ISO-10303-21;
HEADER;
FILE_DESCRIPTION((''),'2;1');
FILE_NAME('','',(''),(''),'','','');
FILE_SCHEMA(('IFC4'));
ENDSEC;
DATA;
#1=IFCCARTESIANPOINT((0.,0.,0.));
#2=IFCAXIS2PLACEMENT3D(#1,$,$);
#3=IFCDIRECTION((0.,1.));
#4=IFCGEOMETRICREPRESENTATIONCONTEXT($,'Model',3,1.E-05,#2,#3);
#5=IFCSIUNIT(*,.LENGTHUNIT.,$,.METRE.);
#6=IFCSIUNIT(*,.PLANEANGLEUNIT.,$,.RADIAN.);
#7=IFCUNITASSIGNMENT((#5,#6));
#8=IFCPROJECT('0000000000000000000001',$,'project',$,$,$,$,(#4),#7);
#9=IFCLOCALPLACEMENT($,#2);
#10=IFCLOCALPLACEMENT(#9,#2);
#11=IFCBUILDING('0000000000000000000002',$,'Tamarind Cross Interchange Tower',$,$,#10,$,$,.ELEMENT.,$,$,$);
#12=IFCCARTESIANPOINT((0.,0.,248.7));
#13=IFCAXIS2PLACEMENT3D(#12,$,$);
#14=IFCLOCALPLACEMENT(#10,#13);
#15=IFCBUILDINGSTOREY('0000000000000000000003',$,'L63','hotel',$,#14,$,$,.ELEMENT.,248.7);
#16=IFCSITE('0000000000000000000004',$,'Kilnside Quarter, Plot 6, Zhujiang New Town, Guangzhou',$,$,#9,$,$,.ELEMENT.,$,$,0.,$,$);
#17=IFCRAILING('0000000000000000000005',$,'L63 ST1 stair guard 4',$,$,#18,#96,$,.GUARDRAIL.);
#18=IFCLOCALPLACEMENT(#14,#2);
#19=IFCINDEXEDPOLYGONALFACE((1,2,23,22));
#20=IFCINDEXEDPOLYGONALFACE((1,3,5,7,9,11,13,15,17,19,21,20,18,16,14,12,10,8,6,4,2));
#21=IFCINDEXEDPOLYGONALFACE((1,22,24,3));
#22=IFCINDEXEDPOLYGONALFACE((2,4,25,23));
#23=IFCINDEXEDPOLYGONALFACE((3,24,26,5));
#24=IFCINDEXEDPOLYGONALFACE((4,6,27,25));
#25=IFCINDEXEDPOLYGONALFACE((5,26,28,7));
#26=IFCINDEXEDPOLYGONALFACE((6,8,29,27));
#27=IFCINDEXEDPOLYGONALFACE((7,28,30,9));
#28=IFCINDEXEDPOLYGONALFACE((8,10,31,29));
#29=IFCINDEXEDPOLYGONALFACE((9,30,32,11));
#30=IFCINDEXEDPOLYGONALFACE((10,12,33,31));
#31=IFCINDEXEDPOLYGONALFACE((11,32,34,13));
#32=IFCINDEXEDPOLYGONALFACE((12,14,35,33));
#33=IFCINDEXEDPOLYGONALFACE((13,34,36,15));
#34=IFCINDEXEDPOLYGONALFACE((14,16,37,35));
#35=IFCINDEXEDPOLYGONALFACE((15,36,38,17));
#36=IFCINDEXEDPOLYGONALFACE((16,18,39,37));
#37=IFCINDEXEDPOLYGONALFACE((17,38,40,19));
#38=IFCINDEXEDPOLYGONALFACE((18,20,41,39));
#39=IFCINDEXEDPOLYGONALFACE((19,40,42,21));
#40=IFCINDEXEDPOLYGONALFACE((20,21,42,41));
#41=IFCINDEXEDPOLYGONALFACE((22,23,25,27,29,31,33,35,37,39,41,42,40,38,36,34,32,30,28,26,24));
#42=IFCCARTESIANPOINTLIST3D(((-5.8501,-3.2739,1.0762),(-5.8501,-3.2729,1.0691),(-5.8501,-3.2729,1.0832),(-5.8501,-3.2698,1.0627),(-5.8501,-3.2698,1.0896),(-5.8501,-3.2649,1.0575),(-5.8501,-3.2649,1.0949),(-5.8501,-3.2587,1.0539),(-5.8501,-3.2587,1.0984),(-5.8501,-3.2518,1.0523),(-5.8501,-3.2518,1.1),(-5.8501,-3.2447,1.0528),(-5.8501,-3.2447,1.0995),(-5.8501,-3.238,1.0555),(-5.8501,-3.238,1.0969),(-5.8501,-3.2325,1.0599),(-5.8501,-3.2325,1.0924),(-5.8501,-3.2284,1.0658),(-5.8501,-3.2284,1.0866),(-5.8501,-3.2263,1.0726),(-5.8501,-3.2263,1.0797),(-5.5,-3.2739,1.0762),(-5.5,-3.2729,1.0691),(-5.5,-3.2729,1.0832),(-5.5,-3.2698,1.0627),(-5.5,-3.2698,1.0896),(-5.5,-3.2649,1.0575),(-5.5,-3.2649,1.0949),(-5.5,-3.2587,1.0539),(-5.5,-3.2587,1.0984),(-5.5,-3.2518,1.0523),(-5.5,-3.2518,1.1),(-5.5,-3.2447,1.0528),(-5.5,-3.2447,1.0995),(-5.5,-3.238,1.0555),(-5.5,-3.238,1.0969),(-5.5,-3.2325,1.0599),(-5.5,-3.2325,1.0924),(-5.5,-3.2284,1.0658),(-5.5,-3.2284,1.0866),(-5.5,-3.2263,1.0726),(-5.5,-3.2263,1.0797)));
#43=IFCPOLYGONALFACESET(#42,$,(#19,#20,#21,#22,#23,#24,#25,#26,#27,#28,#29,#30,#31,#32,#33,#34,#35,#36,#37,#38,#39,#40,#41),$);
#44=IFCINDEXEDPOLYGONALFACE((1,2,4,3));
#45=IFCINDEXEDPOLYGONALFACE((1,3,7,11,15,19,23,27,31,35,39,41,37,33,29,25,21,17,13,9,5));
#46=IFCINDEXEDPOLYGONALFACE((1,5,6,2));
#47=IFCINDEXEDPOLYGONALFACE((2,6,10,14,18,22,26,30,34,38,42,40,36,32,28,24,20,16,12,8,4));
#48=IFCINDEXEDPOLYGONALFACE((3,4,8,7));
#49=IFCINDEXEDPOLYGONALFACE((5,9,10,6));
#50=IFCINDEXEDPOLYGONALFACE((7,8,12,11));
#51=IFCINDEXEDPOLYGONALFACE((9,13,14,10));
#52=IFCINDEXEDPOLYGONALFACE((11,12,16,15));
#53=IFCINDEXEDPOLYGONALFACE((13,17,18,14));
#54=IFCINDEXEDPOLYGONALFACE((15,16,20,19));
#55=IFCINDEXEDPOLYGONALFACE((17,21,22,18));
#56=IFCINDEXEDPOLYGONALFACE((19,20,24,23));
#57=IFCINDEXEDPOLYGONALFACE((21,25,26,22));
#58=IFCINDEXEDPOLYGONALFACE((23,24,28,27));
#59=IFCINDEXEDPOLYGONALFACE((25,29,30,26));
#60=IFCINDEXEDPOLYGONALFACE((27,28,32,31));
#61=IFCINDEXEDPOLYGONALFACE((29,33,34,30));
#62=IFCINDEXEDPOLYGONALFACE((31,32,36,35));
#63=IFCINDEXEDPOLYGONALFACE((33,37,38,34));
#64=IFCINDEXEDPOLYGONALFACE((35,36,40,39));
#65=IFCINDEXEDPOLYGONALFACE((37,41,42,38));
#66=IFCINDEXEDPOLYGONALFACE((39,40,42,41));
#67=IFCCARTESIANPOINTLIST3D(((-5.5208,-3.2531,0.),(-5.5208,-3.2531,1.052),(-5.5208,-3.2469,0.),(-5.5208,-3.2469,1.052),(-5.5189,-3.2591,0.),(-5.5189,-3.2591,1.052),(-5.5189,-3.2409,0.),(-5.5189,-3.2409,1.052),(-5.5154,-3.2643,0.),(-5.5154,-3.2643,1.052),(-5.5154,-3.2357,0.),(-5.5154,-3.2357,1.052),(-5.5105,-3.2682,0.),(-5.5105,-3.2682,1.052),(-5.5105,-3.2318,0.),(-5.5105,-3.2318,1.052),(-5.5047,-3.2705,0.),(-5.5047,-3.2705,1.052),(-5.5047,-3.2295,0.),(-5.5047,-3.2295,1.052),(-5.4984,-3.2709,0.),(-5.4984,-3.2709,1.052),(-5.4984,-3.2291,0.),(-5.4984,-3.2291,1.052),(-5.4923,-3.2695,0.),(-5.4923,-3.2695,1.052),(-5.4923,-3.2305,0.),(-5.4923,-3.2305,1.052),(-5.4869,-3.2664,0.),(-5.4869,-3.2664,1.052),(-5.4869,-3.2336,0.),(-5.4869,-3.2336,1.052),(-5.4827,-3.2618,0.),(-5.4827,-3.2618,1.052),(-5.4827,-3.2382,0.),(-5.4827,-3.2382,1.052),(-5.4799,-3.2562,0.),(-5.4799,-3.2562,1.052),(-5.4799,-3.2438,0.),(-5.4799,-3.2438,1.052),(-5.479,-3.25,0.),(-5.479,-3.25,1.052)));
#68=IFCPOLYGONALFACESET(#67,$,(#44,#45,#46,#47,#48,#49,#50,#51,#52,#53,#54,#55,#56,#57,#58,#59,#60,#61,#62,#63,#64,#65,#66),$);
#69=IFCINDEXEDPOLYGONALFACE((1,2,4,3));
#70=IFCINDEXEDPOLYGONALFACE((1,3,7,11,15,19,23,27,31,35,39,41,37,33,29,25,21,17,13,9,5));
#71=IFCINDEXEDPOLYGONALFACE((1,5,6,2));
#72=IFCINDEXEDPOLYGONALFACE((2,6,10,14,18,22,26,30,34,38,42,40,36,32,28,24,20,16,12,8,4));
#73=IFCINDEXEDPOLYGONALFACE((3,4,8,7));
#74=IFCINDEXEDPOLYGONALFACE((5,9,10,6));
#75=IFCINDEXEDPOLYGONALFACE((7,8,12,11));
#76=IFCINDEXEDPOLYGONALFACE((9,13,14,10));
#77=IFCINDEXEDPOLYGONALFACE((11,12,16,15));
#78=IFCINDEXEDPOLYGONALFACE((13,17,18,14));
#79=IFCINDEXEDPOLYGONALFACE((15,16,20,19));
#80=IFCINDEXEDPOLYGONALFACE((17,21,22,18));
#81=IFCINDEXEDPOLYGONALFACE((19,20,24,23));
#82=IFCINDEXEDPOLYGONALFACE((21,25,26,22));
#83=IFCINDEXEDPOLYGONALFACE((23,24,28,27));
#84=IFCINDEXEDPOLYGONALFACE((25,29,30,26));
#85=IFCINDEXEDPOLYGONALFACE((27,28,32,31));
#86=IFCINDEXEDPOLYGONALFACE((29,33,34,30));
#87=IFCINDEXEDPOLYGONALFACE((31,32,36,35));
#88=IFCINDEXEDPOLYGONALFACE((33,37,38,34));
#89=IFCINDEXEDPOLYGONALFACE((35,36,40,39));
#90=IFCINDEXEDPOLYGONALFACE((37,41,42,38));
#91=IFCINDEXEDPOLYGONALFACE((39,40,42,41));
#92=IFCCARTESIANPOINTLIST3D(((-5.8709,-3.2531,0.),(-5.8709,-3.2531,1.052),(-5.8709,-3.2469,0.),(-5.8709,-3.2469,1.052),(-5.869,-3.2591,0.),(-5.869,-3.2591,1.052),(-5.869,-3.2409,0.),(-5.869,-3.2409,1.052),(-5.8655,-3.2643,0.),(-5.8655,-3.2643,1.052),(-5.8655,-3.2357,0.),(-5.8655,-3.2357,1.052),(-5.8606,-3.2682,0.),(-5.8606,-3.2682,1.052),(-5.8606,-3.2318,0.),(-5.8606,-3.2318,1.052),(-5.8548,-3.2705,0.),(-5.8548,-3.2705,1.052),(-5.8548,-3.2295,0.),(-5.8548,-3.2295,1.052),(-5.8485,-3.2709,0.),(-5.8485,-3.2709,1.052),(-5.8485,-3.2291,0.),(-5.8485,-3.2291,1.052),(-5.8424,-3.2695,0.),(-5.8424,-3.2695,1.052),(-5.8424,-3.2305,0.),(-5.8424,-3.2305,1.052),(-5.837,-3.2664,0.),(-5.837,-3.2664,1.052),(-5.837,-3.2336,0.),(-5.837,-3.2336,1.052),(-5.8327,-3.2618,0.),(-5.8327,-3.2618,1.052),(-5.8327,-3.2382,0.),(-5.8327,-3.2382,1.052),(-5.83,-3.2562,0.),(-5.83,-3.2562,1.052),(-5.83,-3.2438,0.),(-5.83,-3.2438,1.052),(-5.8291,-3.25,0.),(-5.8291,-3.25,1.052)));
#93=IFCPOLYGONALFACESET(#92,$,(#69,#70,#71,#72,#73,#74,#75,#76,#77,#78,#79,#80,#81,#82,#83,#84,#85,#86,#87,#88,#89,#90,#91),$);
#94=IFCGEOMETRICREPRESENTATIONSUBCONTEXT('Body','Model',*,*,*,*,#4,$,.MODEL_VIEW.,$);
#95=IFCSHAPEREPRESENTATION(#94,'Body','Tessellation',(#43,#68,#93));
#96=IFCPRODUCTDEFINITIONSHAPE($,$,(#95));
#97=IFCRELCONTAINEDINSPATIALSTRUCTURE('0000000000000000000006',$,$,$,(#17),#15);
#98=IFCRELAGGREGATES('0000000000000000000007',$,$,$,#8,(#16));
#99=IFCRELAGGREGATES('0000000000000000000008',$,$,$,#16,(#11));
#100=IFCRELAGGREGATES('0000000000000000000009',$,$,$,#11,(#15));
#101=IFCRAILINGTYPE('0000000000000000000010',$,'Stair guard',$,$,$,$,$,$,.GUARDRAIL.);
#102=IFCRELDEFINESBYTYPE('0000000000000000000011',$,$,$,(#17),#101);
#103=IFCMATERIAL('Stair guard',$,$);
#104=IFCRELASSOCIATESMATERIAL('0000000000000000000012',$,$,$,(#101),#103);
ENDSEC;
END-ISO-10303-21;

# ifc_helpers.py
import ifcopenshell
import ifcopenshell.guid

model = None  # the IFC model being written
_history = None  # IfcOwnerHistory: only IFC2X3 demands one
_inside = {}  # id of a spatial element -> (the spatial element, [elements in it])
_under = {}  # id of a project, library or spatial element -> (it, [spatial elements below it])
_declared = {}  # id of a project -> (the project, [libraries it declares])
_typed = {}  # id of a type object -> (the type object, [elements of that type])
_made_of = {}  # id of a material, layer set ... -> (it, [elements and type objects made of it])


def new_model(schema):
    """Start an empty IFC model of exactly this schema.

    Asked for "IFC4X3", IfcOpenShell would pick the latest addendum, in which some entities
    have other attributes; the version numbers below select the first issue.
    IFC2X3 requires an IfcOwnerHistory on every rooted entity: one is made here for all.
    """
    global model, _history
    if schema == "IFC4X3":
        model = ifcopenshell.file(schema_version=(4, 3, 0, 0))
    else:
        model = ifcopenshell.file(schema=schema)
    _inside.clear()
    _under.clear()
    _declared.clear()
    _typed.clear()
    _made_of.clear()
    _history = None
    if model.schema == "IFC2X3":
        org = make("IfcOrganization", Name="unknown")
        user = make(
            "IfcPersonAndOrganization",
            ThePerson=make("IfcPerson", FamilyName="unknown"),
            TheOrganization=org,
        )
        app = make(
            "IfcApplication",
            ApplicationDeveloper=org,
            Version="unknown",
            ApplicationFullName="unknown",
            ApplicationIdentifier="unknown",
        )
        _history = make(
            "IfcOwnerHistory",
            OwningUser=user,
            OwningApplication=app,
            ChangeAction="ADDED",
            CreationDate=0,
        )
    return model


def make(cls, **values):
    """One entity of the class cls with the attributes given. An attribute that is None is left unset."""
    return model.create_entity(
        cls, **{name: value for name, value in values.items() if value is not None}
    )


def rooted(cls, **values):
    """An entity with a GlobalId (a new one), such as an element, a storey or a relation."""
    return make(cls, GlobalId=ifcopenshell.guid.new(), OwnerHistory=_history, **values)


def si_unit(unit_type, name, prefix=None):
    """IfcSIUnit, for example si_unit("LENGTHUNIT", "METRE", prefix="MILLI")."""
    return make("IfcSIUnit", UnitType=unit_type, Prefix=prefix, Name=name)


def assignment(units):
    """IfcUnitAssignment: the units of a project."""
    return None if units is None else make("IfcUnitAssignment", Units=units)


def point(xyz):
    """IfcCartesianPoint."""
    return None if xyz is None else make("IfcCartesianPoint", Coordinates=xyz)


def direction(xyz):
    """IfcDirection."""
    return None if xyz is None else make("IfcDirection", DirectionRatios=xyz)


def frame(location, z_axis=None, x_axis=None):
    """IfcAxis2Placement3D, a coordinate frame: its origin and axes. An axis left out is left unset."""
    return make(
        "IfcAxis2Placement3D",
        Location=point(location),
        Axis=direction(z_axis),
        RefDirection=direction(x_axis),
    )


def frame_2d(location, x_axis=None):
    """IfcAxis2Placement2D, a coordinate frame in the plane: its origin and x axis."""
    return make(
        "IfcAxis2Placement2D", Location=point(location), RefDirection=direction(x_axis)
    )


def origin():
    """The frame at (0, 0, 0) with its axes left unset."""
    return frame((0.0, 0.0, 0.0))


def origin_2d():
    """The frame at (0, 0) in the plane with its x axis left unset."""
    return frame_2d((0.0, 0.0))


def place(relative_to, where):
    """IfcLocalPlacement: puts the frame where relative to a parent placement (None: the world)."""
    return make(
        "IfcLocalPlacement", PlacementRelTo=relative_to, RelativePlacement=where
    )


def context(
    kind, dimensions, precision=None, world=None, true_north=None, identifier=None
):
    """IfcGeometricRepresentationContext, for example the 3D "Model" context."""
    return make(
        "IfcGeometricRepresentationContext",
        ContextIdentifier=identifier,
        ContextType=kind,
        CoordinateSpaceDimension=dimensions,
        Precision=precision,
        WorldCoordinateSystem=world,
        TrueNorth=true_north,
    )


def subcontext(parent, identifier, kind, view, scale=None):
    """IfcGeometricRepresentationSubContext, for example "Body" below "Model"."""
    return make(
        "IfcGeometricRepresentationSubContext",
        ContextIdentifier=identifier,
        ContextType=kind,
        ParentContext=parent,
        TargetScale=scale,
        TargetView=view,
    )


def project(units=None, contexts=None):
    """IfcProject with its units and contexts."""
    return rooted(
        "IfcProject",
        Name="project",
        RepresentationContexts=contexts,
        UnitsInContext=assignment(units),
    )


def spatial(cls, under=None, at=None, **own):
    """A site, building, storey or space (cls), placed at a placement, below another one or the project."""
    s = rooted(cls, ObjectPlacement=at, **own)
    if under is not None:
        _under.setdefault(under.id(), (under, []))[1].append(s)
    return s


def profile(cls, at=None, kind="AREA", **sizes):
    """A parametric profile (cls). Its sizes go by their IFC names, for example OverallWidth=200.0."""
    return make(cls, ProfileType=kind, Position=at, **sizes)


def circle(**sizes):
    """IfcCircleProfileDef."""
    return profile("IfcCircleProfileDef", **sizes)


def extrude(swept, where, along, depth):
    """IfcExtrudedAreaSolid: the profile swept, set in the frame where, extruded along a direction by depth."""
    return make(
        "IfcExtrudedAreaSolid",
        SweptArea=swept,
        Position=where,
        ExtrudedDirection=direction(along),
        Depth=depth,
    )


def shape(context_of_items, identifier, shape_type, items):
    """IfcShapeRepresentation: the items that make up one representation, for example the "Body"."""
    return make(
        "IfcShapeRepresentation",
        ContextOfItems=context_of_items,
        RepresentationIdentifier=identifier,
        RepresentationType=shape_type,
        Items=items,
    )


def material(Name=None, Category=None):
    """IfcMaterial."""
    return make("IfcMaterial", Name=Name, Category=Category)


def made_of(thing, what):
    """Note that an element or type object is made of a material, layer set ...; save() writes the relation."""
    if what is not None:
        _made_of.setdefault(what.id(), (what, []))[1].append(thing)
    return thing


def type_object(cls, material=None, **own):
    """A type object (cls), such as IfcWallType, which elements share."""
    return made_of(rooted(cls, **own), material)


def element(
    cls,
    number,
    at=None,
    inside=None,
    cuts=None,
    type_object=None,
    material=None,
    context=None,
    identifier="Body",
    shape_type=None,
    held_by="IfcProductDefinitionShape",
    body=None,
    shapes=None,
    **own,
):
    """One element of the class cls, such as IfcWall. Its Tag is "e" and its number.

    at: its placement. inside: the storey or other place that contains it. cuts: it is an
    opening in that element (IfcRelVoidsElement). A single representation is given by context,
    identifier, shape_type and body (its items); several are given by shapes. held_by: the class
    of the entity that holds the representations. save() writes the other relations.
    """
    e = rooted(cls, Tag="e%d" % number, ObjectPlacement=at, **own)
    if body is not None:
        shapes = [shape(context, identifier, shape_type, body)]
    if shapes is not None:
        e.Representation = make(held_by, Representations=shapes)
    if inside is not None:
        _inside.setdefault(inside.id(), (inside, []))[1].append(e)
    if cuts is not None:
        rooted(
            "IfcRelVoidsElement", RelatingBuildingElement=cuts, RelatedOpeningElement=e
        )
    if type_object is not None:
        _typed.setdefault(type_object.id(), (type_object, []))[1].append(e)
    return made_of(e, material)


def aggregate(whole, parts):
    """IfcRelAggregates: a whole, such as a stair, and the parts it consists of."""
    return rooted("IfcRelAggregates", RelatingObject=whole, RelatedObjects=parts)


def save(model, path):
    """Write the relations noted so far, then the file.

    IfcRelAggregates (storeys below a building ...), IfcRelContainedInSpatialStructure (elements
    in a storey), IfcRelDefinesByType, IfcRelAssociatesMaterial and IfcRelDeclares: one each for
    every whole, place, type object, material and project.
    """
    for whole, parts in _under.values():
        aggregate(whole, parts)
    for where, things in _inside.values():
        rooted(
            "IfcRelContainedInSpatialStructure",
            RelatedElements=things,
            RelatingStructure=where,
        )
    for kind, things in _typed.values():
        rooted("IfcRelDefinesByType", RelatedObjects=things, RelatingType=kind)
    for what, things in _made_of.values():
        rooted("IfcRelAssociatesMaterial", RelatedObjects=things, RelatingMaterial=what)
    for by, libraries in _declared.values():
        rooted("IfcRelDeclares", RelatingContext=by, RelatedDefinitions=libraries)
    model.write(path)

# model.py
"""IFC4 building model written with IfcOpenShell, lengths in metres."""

from ifc_helpers import new_model, si_unit, direction, frame, origin, origin_2d, place, context, subcontext, project, spatial, circle, extrude, material, type_object, element, save


model = new_model("IFC4")

# Units and contexts
model_context = context("Model", 3, precision=1e-05, world=origin(), true_north=direction((0.0, 1.0)))
body_context = subcontext(model_context, "Body", "Model", "MODEL_VIEW")
ifc_project = project(units=[si_unit("LENGTHUNIT", "METRE"), si_unit("PLANEANGLEUNIT", "RADIAN")], contexts=[model_context])

# Site, building, storey
site_placement = place(None, origin())
site = spatial("IfcSite", under=ifc_project, at=site_placement, Name="Kilnside Quarter, Plot 6, Zhujiang New Town, Guangzhou", CompositionType="ELEMENT", RefElevation=0.0)
building_placement = place(site_placement, origin())
building = spatial("IfcBuilding", under=site, at=building_placement, Name="Tamarind Cross Interchange Tower", CompositionType="ELEMENT")
storey_placement = place(building_placement, frame((0.0, 0.0, 248.7)))
storey = spatial("IfcBuildingStorey", under=building, at=storey_placement, Name="L63", Description="hotel", CompositionType="ELEMENT", Elevation=248.7)

# Railing
ifc_material_1 = material(Name="Stair guard")
railing_type_1 = type_object("IfcRailingType", Name="Stair guard", PredefinedType="GUARDRAIL", material=ifc_material_1)
railing_1_placement = place(storey_placement, frame((-5.5, -3.25, 0.0)))
element("IfcRailing", 1, at=railing_1_placement, inside=storey, type_object=railing_type_1, Name="L63 ST1 stair guard 4", PredefinedType="GUARDRAIL", context=body_context, shape_type="SweptSolid", body=[
    extrude(circle(Radius=0.0239, at=origin_2d()), frame((0.0, 0.0, 1.0762), z_axis=(-1.0, 0.0, 0.0), x_axis=(0.0, -1.0, 0.0)), (0.0, 0.0, 1.0), 0.3501),
    extrude(circle(Radius=0.021, at=origin_2d()), origin(), (0.0, 0.0, 1.0), 1.052),
    extrude(circle(Radius=0.021, at=origin_2d()), frame((-0.3501, 0.0, 0.0)), (0.0, 0.0, 1.0), 1.052),
])

save(model, "model.ifc")
